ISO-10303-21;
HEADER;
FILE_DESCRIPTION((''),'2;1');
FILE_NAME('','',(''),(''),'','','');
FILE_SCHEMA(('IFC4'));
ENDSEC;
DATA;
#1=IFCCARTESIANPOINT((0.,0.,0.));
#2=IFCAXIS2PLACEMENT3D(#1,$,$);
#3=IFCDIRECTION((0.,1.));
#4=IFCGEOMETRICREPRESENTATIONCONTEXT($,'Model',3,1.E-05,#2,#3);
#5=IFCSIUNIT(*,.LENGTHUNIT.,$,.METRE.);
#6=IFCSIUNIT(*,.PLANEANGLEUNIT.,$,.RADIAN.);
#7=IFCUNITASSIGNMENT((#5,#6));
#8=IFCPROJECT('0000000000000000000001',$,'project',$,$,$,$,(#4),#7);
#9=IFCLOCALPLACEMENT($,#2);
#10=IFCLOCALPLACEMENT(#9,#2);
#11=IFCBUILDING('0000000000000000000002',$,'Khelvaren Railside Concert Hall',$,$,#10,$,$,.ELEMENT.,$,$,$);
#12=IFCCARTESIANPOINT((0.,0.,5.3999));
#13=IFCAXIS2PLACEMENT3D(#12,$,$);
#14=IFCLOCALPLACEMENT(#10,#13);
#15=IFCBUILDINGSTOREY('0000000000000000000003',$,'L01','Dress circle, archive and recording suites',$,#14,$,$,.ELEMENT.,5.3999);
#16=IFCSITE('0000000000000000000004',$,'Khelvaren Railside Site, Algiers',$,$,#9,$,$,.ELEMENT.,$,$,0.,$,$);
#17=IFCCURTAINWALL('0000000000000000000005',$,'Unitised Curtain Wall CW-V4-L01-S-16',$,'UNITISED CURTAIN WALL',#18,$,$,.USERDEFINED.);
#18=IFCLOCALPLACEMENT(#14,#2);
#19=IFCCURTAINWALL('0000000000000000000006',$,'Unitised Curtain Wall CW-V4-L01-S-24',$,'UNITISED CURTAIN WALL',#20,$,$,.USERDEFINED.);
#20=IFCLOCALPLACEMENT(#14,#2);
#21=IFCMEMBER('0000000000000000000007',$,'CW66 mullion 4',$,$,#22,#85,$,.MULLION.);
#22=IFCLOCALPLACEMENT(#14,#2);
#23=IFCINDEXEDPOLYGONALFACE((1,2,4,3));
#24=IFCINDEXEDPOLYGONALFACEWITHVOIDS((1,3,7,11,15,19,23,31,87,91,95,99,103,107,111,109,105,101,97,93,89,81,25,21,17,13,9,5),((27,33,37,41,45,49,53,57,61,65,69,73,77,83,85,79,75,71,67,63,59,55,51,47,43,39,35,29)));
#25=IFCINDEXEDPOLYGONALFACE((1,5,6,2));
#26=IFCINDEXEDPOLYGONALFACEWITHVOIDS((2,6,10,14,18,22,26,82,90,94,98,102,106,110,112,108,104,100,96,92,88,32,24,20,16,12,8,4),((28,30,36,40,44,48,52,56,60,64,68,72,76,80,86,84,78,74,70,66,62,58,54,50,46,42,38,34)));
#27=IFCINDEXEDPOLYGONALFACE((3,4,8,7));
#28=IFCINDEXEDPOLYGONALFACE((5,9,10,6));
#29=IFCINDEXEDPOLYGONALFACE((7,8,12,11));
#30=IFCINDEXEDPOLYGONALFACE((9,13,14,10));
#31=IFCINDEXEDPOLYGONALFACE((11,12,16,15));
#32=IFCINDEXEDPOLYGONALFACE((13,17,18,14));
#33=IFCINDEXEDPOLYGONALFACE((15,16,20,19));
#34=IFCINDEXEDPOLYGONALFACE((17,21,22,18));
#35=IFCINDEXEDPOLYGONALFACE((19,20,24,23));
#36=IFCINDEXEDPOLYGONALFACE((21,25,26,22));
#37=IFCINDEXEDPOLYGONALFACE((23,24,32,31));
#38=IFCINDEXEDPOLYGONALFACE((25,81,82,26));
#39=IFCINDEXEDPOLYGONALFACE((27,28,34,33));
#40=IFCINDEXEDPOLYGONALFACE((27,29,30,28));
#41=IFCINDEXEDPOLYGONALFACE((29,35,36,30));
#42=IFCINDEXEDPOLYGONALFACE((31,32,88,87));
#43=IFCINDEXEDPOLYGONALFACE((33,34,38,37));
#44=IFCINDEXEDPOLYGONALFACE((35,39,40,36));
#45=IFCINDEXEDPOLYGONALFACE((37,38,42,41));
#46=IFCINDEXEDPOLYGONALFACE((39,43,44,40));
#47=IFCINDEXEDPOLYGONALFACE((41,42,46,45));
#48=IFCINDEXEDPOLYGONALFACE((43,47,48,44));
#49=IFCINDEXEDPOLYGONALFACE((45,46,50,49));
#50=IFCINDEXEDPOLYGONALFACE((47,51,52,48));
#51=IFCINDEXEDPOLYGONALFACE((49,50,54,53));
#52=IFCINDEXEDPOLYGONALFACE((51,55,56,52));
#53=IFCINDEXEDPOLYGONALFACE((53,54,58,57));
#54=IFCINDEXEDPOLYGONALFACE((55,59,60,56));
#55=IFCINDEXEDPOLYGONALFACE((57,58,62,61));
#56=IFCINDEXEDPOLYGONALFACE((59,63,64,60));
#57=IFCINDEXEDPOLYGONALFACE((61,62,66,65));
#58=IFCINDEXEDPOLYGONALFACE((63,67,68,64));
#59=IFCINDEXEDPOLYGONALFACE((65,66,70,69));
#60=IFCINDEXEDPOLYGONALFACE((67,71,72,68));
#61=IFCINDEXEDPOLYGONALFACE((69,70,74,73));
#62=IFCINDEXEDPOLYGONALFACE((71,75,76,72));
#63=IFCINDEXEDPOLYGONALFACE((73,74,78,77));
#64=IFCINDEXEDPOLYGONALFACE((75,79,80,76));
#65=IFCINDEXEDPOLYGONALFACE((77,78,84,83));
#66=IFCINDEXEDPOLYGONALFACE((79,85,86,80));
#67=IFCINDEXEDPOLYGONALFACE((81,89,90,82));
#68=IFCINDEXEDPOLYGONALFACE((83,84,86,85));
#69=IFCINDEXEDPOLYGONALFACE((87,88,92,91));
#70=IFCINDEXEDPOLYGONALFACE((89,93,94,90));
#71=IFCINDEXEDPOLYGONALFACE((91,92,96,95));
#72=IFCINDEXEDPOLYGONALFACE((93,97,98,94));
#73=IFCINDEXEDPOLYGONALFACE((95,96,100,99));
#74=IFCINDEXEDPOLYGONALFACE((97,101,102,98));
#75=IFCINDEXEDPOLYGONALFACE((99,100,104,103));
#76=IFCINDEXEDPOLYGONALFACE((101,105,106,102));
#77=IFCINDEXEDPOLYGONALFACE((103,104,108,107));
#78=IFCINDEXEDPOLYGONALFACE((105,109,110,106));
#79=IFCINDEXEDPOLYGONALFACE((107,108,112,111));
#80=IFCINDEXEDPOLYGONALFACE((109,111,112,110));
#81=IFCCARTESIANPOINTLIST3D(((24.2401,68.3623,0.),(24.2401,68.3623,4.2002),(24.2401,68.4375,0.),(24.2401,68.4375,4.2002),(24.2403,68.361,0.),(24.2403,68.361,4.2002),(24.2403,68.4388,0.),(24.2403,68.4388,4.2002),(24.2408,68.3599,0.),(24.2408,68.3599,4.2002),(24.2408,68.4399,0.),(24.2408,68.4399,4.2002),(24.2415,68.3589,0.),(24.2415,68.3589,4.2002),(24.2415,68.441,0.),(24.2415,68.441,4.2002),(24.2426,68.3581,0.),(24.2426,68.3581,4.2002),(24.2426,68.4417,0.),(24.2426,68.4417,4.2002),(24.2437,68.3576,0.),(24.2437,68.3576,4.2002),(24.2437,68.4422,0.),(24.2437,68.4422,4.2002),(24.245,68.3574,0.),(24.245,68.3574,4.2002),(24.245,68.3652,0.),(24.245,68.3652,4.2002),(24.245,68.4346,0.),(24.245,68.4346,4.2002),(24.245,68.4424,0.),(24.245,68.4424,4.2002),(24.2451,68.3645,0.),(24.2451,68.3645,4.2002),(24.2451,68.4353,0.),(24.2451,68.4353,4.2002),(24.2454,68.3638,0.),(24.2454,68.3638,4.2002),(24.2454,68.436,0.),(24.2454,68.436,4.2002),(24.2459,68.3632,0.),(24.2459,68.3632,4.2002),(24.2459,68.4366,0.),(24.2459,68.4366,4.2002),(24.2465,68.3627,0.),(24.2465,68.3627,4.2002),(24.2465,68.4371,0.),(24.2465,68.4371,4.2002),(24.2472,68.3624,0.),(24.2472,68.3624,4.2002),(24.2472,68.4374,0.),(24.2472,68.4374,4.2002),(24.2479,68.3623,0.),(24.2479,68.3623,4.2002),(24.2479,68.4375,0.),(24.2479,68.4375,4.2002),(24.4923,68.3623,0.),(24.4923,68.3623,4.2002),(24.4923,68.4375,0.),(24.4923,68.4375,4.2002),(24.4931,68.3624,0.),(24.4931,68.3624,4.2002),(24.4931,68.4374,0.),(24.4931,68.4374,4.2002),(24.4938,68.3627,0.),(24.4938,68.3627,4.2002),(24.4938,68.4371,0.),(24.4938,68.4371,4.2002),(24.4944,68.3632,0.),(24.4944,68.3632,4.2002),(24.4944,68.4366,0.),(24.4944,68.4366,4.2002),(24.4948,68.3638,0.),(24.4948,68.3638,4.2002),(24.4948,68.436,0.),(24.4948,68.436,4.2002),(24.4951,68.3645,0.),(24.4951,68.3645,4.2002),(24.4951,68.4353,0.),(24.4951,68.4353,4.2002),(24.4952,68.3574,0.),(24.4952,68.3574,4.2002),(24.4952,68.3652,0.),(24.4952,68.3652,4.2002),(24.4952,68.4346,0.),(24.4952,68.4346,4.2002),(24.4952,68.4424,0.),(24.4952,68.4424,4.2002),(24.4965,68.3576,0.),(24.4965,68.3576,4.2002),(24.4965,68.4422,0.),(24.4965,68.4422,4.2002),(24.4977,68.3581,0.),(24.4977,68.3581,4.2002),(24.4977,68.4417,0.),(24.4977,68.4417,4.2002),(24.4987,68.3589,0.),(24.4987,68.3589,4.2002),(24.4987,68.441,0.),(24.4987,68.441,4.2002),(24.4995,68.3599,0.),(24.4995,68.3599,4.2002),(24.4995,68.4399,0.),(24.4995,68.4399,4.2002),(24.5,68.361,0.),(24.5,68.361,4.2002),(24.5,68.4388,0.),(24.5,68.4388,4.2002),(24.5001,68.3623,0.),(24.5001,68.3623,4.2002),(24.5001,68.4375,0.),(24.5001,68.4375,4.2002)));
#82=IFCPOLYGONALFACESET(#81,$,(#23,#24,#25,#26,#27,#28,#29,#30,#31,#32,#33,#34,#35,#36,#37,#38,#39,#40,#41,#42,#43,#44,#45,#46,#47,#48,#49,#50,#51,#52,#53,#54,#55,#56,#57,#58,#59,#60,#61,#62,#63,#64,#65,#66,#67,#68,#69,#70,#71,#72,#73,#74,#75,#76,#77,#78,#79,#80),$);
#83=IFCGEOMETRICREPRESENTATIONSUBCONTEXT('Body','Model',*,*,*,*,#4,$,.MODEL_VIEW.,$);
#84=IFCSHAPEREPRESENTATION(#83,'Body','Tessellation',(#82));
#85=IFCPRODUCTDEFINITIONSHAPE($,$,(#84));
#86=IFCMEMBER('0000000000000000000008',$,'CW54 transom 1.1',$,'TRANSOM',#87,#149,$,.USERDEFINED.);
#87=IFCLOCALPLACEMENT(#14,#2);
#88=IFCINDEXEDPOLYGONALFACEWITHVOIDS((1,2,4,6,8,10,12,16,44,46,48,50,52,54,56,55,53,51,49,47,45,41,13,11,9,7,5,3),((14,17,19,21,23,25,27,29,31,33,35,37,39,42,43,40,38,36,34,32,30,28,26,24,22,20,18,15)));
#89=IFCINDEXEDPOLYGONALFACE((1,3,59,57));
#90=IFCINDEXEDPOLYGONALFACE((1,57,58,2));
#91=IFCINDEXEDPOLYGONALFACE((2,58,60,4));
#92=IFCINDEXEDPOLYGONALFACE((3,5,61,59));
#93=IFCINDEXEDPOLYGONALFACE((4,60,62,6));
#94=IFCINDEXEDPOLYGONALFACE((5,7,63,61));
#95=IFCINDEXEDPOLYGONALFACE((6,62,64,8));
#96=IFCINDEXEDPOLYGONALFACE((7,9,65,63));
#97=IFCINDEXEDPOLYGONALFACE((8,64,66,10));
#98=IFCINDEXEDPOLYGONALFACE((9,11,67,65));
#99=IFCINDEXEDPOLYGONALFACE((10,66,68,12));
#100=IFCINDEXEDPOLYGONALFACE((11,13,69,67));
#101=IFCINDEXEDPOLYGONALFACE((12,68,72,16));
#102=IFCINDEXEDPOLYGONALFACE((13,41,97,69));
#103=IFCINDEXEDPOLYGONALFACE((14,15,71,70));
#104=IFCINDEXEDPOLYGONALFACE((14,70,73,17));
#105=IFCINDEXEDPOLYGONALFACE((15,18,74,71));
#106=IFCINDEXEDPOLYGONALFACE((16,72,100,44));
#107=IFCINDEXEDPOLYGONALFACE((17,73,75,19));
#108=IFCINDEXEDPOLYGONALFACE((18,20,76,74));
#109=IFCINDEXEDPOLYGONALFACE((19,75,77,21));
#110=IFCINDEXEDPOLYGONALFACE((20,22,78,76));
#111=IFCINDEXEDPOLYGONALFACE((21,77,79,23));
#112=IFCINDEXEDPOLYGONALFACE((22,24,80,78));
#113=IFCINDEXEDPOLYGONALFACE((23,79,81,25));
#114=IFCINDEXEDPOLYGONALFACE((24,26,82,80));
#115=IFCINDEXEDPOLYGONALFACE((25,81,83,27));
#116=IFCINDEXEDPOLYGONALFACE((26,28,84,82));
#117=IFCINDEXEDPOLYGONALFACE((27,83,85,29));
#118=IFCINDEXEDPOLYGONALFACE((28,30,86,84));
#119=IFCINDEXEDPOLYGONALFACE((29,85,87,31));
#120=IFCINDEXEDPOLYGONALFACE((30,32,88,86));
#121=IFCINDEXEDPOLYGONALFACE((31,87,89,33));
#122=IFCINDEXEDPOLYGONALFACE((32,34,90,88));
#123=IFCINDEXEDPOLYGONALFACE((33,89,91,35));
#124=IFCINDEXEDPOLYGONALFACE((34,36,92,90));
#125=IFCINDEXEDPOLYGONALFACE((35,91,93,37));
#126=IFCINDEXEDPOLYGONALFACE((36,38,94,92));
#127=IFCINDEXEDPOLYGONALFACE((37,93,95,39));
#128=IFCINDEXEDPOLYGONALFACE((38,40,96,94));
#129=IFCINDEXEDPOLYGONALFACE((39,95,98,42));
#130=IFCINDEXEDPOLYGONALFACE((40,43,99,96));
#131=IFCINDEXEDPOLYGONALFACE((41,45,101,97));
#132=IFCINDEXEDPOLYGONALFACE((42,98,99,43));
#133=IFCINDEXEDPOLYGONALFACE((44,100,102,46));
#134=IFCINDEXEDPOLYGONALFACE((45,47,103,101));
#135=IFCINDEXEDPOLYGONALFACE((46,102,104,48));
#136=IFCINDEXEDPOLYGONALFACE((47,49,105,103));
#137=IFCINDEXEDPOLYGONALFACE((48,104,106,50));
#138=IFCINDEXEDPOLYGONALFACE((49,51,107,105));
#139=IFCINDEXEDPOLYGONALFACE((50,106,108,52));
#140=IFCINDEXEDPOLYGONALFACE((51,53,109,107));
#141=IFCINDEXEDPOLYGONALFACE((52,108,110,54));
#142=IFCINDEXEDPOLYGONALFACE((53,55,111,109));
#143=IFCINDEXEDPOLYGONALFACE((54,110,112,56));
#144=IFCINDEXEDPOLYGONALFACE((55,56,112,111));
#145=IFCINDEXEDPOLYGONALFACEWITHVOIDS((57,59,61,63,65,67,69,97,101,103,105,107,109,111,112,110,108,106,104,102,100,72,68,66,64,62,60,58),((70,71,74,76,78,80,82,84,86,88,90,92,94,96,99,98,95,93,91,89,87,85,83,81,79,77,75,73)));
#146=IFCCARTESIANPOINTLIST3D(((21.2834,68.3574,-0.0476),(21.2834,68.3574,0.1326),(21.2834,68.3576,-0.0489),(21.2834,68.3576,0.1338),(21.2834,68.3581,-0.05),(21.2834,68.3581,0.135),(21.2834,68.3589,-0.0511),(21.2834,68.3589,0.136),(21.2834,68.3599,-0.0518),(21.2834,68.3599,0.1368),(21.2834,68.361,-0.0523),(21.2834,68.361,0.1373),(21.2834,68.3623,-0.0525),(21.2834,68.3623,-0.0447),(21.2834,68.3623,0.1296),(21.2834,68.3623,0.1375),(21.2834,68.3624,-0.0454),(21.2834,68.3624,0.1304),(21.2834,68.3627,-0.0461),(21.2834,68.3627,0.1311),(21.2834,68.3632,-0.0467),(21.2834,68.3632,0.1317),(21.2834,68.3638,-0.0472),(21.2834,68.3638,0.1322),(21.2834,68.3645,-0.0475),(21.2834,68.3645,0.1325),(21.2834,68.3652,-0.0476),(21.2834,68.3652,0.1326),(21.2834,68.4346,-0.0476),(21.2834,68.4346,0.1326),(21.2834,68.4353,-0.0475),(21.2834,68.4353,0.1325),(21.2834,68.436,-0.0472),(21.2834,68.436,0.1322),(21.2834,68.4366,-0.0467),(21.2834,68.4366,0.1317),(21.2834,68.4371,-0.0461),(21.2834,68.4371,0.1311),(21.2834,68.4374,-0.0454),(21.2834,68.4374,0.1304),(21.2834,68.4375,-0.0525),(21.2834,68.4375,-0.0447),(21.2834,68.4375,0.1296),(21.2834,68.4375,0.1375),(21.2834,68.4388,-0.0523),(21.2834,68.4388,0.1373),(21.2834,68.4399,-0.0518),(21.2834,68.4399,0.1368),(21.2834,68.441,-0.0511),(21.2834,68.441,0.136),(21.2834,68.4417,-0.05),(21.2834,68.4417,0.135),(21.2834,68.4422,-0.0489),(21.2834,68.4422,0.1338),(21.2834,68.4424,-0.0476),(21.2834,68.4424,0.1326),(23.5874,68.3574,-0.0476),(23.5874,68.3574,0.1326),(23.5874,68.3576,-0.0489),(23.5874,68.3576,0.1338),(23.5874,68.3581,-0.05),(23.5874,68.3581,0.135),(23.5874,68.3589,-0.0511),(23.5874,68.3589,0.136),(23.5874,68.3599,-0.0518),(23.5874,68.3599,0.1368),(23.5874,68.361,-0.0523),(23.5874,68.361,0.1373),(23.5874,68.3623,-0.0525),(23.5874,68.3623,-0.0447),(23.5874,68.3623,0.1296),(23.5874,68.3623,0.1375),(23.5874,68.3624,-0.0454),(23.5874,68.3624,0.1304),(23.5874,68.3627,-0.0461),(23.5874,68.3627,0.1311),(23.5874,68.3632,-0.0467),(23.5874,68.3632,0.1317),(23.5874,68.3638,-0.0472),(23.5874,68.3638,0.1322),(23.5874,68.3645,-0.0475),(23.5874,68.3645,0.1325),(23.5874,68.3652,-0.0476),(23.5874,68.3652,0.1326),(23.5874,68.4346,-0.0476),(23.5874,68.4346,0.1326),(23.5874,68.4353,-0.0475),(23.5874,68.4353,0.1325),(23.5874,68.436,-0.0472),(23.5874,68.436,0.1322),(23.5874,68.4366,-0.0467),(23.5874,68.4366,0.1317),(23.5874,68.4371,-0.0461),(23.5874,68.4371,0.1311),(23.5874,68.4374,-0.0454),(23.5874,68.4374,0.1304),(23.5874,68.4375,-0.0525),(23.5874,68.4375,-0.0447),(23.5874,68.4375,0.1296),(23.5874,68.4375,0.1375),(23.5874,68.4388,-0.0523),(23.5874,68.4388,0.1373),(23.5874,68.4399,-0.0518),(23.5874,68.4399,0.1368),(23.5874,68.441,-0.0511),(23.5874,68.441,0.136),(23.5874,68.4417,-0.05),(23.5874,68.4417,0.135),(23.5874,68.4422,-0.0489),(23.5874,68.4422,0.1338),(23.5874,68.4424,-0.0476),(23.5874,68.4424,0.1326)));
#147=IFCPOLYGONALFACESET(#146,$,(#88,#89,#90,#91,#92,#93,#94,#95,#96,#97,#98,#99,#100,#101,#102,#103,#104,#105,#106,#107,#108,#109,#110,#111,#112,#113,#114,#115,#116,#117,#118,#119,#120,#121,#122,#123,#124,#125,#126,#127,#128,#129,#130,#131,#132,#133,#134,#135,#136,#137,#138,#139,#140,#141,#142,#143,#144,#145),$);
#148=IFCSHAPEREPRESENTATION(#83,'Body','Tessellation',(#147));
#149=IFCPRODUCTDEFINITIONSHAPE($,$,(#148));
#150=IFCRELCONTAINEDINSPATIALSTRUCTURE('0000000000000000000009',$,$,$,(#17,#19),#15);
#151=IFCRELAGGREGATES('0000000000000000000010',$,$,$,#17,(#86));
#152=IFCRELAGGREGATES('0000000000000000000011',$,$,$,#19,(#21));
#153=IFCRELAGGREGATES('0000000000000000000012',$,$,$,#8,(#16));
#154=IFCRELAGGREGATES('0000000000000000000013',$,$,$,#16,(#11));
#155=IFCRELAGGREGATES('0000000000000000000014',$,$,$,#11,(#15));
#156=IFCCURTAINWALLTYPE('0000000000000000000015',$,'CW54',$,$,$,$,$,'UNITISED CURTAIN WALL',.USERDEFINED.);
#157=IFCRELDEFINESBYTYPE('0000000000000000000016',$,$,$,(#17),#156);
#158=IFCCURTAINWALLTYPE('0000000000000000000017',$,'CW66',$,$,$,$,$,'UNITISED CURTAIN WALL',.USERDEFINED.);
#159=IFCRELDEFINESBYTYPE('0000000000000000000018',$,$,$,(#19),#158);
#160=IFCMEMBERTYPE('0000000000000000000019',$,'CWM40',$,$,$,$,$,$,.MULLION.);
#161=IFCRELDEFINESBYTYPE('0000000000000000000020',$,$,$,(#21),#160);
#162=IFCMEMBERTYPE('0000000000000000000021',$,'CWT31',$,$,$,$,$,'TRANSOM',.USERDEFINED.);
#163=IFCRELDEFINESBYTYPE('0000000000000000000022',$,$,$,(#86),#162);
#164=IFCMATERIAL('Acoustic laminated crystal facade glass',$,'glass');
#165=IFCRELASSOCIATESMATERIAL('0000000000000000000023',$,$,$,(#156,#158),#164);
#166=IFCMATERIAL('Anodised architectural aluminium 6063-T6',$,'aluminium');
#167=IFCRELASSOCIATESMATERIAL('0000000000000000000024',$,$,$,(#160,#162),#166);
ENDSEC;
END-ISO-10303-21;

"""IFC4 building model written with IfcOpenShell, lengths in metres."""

from ifc_helpers import new_model, si_unit, direction, frame, origin, origin_2d, place, context, subcontext, project, spatial, hollow_rectangle, extrude, material, material_profile, profile_set, type_object, element, aggregate, save


model = new_model("IFC4")

# Units and contexts
model_context = context("Model", 3, precision=1e-05, world=origin(), true_north=direction((0.0, 1.0)))
body_context = subcontext(model_context, "Body", "Model", "MODEL_VIEW")
ifc_project = project(units=[si_unit("LENGTHUNIT", "METRE"), si_unit("PLANEANGLEUNIT", "RADIAN")], contexts=[model_context])

# Site, building, storey
site_placement = place(None, origin())
site = spatial("IfcSite", under=ifc_project, at=site_placement, Name="Khelvaren Railside Site, Algiers", CompositionType="ELEMENT", RefElevation=0.0)
building_placement = place(site_placement, origin())
building = spatial("IfcBuilding", under=site, at=building_placement, Name="Khelvaren Railside Concert Hall", CompositionType="ELEMENT")
storey_placement = place(building_placement, frame((0.0, 0.0, 5.3999)))
storey = spatial("IfcBuildingStorey", under=building, at=storey_placement, Name="L01", Description="Dress circle, archive and recording suites", CompositionType="ELEMENT", Elevation=5.3999)

# Curtain wall
ifc_material_1 = material(Name="Acoustic laminated crystal facade glass", Category="glass")
curtain_wall_type_1 = type_object("IfcCurtainWallType", Name="CW54", ElementType="UNITISED CURTAIN WALL", PredefinedType="USERDEFINED", material=ifc_material_1)
curtain_wall_1_placement = place(storey_placement, origin())
curtain_wall_1 = element("IfcCurtainWall", 1, at=curtain_wall_1_placement, inside=storey, type_object=curtain_wall_type_1, Name="Unitised Curtain Wall CW-V4-L01-S-16", ObjectType="UNITISED CURTAIN WALL", PredefinedType="USERDEFINED")
ifc_material_2 = material(Name="Anodised architectural aluminium 6063-T6", Category="aluminium")
ifc_material_profile_1 = material_profile(ifc_material_2, hollow_rectangle(XDim=0.085, YDim=0.26, WallThickness=0.0049, InnerFilletRadius=0.0029, OuterFilletRadius=0.0049, at=origin_2d()), Name="CWM 85x260x5")
ifc_profile_set_1 = profile_set([ifc_material_profile_1], Name="Anodised architectural aluminium 6063-T6")
member_type_1 = type_object("IfcMemberType", Name="CWM40", PredefinedType="MULLION", material=ifc_profile_set_1)

# Curtain wall, member
curtain_wall_type_2 = type_object("IfcCurtainWallType", Name="CW66", ElementType="UNITISED CURTAIN WALL", PredefinedType="USERDEFINED", material=ifc_material_1)
curtain_wall_2_placement = place(storey_placement, origin())
curtain_wall_2 = element("IfcCurtainWall", 2, at=curtain_wall_2_placement, inside=storey, type_object=curtain_wall_type_2, Name="Unitised Curtain Wall CW-V4-L01-S-24", ObjectType="UNITISED CURTAIN WALL", PredefinedType="USERDEFINED")
member_1_placement = place(storey_placement, frame((24.3701, 68.3999, 0.0), z_axis=(0.0, 0.0, 1.0), x_axis=(0.0, -1.0, 0.0)))
member_1 = element("IfcMember", 3, at=member_1_placement, type_object=member_type_1, Name="CW66 mullion 4", PredefinedType="MULLION", context=body_context, shape_type="SweptSolid", body=[
    extrude(hollow_rectangle(XDim=0.085, YDim=0.26, WallThickness=0.0049, InnerFilletRadius=0.0029, OuterFilletRadius=0.0049, at=origin_2d()), origin(), (0.0, 0.0, 1.0), 4.2002),
])

# Member
ifc_material_profile_2 = material_profile(ifc_material_2, hollow_rectangle(XDim=0.085, YDim=0.1899, WallThickness=0.0049, InnerFilletRadius=0.0029, OuterFilletRadius=0.0049, at=origin_2d()), Name="CWT 85x190x5")
ifc_profile_set_2 = profile_set([ifc_material_profile_2], Name="Anodised architectural aluminium 6063-T6")
member_type_2 = type_object("IfcMemberType", Name="CWT31", ElementType="TRANSOM", PredefinedType="USERDEFINED", material=ifc_profile_set_2)
member_2_placement = place(storey_placement, frame((23.5874, 68.3999, 0.0425), z_axis=(-1.0, 0.0, 0.0), x_axis=(0.0, -1.0, 0.0)))
member_2 = element("IfcMember", 4, at=member_2_placement, type_object=member_type_2, Name="CW54 transom 1.1", ObjectType="TRANSOM", PredefinedType="USERDEFINED", context=body_context, shape_type="SweptSolid", body=[
    extrude(hollow_rectangle(XDim=0.085, YDim=0.1899, WallThickness=0.0049, InnerFilletRadius=0.0029, OuterFilletRadius=0.0049, at=origin_2d()), origin(), (0.0, 0.0, 1.0), 2.304),
])

aggregate(curtain_wall_1, [member_2])
aggregate(curtain_wall_2, [member_1])

save(model, "model.ifc")
